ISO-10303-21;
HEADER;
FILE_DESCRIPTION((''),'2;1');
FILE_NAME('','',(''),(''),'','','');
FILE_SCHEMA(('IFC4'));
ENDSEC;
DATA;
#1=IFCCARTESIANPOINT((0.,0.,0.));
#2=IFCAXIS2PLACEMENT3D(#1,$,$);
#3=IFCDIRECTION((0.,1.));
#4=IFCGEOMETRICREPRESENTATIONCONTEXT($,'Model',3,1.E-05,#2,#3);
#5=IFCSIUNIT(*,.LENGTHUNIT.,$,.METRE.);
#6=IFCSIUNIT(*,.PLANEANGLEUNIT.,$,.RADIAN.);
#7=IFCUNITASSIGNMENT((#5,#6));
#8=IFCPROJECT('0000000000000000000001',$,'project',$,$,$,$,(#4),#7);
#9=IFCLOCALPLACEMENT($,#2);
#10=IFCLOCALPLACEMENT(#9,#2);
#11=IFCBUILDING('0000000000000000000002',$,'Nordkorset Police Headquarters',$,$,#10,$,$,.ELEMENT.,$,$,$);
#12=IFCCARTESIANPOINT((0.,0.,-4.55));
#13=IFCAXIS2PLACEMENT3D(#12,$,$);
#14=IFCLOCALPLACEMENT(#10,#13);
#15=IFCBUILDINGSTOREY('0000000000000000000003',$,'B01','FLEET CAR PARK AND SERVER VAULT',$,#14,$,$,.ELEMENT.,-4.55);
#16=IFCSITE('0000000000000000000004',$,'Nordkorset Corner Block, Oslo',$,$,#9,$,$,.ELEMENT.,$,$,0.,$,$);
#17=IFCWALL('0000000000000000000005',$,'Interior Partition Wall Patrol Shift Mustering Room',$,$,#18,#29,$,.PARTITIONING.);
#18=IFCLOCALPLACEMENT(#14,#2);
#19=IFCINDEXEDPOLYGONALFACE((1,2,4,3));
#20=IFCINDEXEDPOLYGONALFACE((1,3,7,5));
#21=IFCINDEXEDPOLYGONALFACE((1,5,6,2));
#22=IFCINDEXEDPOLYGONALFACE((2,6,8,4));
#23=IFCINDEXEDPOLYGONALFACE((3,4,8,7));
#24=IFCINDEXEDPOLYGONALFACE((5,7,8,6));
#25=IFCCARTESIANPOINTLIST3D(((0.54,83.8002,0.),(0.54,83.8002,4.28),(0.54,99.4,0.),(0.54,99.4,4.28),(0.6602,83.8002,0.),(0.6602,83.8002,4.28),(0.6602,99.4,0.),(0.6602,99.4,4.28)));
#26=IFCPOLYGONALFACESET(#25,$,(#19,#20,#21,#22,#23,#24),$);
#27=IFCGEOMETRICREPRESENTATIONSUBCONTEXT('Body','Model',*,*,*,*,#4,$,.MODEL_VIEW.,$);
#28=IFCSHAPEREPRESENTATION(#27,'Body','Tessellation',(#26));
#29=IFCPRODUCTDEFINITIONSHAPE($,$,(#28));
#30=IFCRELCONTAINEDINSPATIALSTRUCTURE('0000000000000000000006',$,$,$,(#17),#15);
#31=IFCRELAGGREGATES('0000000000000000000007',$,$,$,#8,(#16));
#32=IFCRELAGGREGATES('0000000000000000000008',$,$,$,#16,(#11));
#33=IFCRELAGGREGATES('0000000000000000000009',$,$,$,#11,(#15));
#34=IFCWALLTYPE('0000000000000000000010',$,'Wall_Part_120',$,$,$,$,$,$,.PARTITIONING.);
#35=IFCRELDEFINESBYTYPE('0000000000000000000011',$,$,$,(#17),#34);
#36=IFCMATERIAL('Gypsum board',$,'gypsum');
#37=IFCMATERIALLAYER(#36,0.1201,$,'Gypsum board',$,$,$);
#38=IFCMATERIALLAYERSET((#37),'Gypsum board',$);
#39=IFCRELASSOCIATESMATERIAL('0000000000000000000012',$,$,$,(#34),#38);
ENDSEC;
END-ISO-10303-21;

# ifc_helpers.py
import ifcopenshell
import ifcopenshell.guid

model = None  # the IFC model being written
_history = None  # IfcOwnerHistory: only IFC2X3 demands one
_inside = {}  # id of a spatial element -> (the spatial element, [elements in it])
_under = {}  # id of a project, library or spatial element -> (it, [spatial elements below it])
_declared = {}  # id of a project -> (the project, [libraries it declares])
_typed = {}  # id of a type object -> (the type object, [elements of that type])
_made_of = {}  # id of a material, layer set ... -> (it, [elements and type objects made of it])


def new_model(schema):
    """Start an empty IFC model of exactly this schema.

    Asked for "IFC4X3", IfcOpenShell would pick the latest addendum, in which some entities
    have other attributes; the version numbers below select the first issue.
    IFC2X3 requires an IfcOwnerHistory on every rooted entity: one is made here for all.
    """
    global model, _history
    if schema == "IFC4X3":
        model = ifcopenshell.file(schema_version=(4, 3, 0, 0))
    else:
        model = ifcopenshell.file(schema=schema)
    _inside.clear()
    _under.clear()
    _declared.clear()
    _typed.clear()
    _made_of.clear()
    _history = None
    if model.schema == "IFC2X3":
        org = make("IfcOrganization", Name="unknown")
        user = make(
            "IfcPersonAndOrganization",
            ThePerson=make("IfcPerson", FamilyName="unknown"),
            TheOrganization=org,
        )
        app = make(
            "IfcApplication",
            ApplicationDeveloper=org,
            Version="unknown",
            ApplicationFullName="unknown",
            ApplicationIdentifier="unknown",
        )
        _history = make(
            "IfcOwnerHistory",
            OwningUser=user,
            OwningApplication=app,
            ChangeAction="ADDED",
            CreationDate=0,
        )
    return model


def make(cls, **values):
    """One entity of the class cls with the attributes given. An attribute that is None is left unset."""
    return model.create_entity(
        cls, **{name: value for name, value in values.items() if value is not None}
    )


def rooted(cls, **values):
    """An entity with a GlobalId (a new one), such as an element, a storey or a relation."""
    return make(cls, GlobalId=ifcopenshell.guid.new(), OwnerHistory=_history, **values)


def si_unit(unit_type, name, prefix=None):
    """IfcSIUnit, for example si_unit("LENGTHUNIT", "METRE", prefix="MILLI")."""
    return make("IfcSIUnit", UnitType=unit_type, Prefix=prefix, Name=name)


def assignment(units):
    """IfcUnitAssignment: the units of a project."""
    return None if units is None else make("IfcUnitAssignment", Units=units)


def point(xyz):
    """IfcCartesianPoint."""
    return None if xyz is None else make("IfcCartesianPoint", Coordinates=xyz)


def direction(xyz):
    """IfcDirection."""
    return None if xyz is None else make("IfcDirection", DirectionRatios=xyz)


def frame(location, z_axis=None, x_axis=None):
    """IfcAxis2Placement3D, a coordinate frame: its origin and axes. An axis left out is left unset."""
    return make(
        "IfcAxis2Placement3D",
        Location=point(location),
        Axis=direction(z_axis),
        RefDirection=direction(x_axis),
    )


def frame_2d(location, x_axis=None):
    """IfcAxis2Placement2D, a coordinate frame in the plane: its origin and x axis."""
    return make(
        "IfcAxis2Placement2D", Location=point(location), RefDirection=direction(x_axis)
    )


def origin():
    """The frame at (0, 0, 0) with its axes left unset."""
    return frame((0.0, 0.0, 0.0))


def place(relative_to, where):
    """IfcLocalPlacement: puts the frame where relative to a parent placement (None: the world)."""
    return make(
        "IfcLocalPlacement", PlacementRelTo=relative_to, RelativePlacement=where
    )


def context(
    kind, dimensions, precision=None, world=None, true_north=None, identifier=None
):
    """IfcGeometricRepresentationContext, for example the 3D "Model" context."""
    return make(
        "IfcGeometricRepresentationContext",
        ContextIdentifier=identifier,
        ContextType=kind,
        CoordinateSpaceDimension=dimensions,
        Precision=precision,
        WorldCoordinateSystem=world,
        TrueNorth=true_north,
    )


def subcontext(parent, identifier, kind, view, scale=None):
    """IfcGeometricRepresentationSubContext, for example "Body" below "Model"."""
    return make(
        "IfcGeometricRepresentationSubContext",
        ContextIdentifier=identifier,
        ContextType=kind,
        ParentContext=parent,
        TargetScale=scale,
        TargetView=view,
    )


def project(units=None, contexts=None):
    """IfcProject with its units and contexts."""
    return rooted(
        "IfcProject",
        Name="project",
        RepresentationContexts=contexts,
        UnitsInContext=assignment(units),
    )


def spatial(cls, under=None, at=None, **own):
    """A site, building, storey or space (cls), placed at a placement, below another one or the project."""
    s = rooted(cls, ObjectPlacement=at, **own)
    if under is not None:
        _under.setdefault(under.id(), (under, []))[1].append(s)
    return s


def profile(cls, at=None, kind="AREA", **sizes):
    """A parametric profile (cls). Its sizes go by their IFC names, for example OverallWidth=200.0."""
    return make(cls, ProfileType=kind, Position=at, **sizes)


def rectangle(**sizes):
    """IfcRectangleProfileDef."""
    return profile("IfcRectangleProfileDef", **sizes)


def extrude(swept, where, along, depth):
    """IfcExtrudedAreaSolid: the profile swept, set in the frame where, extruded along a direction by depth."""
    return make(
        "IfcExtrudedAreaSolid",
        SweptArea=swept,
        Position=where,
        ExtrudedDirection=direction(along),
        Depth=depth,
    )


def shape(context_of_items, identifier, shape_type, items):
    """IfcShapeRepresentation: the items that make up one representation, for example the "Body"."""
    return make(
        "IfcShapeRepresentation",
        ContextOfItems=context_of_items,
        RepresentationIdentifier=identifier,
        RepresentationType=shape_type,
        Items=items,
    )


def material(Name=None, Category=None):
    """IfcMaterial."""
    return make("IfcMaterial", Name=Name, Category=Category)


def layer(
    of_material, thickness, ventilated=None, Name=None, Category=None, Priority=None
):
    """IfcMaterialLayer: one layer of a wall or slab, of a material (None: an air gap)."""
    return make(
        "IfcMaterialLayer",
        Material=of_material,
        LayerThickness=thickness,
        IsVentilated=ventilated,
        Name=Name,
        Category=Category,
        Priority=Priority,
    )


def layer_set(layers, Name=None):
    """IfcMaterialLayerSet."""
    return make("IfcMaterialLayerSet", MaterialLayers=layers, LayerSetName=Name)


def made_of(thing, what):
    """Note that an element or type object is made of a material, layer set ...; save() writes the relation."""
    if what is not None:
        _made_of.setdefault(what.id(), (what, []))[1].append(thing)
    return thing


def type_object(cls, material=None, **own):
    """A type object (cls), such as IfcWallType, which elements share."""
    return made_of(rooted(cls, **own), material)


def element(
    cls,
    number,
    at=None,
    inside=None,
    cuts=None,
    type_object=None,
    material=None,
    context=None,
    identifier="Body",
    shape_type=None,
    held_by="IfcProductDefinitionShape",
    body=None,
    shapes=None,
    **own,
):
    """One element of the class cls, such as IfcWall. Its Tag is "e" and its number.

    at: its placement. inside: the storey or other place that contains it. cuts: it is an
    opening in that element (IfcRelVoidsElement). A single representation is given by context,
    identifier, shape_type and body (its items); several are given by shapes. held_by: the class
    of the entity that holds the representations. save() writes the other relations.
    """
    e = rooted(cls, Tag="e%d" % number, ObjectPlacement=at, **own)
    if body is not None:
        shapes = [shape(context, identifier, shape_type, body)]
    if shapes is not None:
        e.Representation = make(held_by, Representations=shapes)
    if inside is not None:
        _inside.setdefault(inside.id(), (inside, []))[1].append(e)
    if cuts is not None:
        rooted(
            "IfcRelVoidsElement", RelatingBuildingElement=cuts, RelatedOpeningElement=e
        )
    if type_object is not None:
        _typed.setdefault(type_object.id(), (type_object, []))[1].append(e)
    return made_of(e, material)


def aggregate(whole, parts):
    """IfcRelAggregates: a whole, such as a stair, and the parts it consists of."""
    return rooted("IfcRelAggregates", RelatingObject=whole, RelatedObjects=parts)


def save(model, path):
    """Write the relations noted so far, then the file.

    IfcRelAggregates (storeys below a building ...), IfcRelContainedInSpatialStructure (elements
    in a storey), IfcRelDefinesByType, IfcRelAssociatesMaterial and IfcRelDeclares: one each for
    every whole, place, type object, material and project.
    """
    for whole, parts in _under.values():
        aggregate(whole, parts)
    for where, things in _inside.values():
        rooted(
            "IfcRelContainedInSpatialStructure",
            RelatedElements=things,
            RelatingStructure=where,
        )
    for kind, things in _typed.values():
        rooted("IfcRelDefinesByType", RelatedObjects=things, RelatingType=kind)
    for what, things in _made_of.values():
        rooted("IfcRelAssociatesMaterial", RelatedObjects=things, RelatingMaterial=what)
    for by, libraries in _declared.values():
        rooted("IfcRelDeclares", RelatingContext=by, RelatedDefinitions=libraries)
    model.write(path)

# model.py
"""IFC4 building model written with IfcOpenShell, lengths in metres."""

from ifc_helpers import new_model, si_unit, direction, frame, frame_2d, origin, place, context, subcontext, project, spatial, rectangle, extrude, material, layer, layer_set, type_object, element, save


model = new_model("IFC4")

# Units and contexts
model_context = context("Model", 3, precision=1e-05, world=origin(), true_north=direction((0.0, 1.0)))
body_context = subcontext(model_context, "Body", "Model", "MODEL_VIEW")
ifc_project = project(units=[si_unit("LENGTHUNIT", "METRE"), si_unit("PLANEANGLEUNIT", "RADIAN")], contexts=[model_context])

# Site, building, storey
site_placement = place(None, origin())
site = spatial("IfcSite", under=ifc_project, at=site_placement, Name="Nordkorset Corner Block, Oslo", CompositionType="ELEMENT", RefElevation=0.0)
building_placement = place(site_placement, origin())
building = spatial("IfcBuilding", under=site, at=building_placement, Name="Nordkorset Police Headquarters", CompositionType="ELEMENT")
storey_placement = place(building_placement, frame((0.0, 0.0, -4.55)))
storey = spatial("IfcBuildingStorey", under=building, at=storey_placement, Name="B01", Description="FLEET CAR PARK AND SERVER VAULT", CompositionType="ELEMENT", Elevation=-4.55)

# Wall
ifc_material_1 = material(Name="Gypsum board", Category="gypsum")
ifc_layer = layer(ifc_material_1, 0.1201, Name="Gypsum board")
ifc_layer_set = layer_set([ifc_layer], Name="Gypsum board")
wall_type = type_object("IfcWallType", Name="Wall_Part_120", PredefinedType="PARTITIONING", material=ifc_layer_set)
wall_placement = place(storey_placement, frame((0.6001, 99.3999, 0.0), z_axis=(0.0, 0.0, 1.0), x_axis=(0.0, -1.0, 0.0)))
element("IfcWall", 1, at=wall_placement, inside=storey, type_object=wall_type, Name="Interior Partition Wall Patrol Shift Mustering Room", PredefinedType="PARTITIONING", context=body_context, shape_type="SweptSolid", body=[
    extrude(rectangle(XDim=15.5999, YDim=0.1201, at=frame_2d((7.7998, 0.0))), origin(), (0.0, 0.0, 1.0), 4.28),
])

save(model, "model.ifc")
